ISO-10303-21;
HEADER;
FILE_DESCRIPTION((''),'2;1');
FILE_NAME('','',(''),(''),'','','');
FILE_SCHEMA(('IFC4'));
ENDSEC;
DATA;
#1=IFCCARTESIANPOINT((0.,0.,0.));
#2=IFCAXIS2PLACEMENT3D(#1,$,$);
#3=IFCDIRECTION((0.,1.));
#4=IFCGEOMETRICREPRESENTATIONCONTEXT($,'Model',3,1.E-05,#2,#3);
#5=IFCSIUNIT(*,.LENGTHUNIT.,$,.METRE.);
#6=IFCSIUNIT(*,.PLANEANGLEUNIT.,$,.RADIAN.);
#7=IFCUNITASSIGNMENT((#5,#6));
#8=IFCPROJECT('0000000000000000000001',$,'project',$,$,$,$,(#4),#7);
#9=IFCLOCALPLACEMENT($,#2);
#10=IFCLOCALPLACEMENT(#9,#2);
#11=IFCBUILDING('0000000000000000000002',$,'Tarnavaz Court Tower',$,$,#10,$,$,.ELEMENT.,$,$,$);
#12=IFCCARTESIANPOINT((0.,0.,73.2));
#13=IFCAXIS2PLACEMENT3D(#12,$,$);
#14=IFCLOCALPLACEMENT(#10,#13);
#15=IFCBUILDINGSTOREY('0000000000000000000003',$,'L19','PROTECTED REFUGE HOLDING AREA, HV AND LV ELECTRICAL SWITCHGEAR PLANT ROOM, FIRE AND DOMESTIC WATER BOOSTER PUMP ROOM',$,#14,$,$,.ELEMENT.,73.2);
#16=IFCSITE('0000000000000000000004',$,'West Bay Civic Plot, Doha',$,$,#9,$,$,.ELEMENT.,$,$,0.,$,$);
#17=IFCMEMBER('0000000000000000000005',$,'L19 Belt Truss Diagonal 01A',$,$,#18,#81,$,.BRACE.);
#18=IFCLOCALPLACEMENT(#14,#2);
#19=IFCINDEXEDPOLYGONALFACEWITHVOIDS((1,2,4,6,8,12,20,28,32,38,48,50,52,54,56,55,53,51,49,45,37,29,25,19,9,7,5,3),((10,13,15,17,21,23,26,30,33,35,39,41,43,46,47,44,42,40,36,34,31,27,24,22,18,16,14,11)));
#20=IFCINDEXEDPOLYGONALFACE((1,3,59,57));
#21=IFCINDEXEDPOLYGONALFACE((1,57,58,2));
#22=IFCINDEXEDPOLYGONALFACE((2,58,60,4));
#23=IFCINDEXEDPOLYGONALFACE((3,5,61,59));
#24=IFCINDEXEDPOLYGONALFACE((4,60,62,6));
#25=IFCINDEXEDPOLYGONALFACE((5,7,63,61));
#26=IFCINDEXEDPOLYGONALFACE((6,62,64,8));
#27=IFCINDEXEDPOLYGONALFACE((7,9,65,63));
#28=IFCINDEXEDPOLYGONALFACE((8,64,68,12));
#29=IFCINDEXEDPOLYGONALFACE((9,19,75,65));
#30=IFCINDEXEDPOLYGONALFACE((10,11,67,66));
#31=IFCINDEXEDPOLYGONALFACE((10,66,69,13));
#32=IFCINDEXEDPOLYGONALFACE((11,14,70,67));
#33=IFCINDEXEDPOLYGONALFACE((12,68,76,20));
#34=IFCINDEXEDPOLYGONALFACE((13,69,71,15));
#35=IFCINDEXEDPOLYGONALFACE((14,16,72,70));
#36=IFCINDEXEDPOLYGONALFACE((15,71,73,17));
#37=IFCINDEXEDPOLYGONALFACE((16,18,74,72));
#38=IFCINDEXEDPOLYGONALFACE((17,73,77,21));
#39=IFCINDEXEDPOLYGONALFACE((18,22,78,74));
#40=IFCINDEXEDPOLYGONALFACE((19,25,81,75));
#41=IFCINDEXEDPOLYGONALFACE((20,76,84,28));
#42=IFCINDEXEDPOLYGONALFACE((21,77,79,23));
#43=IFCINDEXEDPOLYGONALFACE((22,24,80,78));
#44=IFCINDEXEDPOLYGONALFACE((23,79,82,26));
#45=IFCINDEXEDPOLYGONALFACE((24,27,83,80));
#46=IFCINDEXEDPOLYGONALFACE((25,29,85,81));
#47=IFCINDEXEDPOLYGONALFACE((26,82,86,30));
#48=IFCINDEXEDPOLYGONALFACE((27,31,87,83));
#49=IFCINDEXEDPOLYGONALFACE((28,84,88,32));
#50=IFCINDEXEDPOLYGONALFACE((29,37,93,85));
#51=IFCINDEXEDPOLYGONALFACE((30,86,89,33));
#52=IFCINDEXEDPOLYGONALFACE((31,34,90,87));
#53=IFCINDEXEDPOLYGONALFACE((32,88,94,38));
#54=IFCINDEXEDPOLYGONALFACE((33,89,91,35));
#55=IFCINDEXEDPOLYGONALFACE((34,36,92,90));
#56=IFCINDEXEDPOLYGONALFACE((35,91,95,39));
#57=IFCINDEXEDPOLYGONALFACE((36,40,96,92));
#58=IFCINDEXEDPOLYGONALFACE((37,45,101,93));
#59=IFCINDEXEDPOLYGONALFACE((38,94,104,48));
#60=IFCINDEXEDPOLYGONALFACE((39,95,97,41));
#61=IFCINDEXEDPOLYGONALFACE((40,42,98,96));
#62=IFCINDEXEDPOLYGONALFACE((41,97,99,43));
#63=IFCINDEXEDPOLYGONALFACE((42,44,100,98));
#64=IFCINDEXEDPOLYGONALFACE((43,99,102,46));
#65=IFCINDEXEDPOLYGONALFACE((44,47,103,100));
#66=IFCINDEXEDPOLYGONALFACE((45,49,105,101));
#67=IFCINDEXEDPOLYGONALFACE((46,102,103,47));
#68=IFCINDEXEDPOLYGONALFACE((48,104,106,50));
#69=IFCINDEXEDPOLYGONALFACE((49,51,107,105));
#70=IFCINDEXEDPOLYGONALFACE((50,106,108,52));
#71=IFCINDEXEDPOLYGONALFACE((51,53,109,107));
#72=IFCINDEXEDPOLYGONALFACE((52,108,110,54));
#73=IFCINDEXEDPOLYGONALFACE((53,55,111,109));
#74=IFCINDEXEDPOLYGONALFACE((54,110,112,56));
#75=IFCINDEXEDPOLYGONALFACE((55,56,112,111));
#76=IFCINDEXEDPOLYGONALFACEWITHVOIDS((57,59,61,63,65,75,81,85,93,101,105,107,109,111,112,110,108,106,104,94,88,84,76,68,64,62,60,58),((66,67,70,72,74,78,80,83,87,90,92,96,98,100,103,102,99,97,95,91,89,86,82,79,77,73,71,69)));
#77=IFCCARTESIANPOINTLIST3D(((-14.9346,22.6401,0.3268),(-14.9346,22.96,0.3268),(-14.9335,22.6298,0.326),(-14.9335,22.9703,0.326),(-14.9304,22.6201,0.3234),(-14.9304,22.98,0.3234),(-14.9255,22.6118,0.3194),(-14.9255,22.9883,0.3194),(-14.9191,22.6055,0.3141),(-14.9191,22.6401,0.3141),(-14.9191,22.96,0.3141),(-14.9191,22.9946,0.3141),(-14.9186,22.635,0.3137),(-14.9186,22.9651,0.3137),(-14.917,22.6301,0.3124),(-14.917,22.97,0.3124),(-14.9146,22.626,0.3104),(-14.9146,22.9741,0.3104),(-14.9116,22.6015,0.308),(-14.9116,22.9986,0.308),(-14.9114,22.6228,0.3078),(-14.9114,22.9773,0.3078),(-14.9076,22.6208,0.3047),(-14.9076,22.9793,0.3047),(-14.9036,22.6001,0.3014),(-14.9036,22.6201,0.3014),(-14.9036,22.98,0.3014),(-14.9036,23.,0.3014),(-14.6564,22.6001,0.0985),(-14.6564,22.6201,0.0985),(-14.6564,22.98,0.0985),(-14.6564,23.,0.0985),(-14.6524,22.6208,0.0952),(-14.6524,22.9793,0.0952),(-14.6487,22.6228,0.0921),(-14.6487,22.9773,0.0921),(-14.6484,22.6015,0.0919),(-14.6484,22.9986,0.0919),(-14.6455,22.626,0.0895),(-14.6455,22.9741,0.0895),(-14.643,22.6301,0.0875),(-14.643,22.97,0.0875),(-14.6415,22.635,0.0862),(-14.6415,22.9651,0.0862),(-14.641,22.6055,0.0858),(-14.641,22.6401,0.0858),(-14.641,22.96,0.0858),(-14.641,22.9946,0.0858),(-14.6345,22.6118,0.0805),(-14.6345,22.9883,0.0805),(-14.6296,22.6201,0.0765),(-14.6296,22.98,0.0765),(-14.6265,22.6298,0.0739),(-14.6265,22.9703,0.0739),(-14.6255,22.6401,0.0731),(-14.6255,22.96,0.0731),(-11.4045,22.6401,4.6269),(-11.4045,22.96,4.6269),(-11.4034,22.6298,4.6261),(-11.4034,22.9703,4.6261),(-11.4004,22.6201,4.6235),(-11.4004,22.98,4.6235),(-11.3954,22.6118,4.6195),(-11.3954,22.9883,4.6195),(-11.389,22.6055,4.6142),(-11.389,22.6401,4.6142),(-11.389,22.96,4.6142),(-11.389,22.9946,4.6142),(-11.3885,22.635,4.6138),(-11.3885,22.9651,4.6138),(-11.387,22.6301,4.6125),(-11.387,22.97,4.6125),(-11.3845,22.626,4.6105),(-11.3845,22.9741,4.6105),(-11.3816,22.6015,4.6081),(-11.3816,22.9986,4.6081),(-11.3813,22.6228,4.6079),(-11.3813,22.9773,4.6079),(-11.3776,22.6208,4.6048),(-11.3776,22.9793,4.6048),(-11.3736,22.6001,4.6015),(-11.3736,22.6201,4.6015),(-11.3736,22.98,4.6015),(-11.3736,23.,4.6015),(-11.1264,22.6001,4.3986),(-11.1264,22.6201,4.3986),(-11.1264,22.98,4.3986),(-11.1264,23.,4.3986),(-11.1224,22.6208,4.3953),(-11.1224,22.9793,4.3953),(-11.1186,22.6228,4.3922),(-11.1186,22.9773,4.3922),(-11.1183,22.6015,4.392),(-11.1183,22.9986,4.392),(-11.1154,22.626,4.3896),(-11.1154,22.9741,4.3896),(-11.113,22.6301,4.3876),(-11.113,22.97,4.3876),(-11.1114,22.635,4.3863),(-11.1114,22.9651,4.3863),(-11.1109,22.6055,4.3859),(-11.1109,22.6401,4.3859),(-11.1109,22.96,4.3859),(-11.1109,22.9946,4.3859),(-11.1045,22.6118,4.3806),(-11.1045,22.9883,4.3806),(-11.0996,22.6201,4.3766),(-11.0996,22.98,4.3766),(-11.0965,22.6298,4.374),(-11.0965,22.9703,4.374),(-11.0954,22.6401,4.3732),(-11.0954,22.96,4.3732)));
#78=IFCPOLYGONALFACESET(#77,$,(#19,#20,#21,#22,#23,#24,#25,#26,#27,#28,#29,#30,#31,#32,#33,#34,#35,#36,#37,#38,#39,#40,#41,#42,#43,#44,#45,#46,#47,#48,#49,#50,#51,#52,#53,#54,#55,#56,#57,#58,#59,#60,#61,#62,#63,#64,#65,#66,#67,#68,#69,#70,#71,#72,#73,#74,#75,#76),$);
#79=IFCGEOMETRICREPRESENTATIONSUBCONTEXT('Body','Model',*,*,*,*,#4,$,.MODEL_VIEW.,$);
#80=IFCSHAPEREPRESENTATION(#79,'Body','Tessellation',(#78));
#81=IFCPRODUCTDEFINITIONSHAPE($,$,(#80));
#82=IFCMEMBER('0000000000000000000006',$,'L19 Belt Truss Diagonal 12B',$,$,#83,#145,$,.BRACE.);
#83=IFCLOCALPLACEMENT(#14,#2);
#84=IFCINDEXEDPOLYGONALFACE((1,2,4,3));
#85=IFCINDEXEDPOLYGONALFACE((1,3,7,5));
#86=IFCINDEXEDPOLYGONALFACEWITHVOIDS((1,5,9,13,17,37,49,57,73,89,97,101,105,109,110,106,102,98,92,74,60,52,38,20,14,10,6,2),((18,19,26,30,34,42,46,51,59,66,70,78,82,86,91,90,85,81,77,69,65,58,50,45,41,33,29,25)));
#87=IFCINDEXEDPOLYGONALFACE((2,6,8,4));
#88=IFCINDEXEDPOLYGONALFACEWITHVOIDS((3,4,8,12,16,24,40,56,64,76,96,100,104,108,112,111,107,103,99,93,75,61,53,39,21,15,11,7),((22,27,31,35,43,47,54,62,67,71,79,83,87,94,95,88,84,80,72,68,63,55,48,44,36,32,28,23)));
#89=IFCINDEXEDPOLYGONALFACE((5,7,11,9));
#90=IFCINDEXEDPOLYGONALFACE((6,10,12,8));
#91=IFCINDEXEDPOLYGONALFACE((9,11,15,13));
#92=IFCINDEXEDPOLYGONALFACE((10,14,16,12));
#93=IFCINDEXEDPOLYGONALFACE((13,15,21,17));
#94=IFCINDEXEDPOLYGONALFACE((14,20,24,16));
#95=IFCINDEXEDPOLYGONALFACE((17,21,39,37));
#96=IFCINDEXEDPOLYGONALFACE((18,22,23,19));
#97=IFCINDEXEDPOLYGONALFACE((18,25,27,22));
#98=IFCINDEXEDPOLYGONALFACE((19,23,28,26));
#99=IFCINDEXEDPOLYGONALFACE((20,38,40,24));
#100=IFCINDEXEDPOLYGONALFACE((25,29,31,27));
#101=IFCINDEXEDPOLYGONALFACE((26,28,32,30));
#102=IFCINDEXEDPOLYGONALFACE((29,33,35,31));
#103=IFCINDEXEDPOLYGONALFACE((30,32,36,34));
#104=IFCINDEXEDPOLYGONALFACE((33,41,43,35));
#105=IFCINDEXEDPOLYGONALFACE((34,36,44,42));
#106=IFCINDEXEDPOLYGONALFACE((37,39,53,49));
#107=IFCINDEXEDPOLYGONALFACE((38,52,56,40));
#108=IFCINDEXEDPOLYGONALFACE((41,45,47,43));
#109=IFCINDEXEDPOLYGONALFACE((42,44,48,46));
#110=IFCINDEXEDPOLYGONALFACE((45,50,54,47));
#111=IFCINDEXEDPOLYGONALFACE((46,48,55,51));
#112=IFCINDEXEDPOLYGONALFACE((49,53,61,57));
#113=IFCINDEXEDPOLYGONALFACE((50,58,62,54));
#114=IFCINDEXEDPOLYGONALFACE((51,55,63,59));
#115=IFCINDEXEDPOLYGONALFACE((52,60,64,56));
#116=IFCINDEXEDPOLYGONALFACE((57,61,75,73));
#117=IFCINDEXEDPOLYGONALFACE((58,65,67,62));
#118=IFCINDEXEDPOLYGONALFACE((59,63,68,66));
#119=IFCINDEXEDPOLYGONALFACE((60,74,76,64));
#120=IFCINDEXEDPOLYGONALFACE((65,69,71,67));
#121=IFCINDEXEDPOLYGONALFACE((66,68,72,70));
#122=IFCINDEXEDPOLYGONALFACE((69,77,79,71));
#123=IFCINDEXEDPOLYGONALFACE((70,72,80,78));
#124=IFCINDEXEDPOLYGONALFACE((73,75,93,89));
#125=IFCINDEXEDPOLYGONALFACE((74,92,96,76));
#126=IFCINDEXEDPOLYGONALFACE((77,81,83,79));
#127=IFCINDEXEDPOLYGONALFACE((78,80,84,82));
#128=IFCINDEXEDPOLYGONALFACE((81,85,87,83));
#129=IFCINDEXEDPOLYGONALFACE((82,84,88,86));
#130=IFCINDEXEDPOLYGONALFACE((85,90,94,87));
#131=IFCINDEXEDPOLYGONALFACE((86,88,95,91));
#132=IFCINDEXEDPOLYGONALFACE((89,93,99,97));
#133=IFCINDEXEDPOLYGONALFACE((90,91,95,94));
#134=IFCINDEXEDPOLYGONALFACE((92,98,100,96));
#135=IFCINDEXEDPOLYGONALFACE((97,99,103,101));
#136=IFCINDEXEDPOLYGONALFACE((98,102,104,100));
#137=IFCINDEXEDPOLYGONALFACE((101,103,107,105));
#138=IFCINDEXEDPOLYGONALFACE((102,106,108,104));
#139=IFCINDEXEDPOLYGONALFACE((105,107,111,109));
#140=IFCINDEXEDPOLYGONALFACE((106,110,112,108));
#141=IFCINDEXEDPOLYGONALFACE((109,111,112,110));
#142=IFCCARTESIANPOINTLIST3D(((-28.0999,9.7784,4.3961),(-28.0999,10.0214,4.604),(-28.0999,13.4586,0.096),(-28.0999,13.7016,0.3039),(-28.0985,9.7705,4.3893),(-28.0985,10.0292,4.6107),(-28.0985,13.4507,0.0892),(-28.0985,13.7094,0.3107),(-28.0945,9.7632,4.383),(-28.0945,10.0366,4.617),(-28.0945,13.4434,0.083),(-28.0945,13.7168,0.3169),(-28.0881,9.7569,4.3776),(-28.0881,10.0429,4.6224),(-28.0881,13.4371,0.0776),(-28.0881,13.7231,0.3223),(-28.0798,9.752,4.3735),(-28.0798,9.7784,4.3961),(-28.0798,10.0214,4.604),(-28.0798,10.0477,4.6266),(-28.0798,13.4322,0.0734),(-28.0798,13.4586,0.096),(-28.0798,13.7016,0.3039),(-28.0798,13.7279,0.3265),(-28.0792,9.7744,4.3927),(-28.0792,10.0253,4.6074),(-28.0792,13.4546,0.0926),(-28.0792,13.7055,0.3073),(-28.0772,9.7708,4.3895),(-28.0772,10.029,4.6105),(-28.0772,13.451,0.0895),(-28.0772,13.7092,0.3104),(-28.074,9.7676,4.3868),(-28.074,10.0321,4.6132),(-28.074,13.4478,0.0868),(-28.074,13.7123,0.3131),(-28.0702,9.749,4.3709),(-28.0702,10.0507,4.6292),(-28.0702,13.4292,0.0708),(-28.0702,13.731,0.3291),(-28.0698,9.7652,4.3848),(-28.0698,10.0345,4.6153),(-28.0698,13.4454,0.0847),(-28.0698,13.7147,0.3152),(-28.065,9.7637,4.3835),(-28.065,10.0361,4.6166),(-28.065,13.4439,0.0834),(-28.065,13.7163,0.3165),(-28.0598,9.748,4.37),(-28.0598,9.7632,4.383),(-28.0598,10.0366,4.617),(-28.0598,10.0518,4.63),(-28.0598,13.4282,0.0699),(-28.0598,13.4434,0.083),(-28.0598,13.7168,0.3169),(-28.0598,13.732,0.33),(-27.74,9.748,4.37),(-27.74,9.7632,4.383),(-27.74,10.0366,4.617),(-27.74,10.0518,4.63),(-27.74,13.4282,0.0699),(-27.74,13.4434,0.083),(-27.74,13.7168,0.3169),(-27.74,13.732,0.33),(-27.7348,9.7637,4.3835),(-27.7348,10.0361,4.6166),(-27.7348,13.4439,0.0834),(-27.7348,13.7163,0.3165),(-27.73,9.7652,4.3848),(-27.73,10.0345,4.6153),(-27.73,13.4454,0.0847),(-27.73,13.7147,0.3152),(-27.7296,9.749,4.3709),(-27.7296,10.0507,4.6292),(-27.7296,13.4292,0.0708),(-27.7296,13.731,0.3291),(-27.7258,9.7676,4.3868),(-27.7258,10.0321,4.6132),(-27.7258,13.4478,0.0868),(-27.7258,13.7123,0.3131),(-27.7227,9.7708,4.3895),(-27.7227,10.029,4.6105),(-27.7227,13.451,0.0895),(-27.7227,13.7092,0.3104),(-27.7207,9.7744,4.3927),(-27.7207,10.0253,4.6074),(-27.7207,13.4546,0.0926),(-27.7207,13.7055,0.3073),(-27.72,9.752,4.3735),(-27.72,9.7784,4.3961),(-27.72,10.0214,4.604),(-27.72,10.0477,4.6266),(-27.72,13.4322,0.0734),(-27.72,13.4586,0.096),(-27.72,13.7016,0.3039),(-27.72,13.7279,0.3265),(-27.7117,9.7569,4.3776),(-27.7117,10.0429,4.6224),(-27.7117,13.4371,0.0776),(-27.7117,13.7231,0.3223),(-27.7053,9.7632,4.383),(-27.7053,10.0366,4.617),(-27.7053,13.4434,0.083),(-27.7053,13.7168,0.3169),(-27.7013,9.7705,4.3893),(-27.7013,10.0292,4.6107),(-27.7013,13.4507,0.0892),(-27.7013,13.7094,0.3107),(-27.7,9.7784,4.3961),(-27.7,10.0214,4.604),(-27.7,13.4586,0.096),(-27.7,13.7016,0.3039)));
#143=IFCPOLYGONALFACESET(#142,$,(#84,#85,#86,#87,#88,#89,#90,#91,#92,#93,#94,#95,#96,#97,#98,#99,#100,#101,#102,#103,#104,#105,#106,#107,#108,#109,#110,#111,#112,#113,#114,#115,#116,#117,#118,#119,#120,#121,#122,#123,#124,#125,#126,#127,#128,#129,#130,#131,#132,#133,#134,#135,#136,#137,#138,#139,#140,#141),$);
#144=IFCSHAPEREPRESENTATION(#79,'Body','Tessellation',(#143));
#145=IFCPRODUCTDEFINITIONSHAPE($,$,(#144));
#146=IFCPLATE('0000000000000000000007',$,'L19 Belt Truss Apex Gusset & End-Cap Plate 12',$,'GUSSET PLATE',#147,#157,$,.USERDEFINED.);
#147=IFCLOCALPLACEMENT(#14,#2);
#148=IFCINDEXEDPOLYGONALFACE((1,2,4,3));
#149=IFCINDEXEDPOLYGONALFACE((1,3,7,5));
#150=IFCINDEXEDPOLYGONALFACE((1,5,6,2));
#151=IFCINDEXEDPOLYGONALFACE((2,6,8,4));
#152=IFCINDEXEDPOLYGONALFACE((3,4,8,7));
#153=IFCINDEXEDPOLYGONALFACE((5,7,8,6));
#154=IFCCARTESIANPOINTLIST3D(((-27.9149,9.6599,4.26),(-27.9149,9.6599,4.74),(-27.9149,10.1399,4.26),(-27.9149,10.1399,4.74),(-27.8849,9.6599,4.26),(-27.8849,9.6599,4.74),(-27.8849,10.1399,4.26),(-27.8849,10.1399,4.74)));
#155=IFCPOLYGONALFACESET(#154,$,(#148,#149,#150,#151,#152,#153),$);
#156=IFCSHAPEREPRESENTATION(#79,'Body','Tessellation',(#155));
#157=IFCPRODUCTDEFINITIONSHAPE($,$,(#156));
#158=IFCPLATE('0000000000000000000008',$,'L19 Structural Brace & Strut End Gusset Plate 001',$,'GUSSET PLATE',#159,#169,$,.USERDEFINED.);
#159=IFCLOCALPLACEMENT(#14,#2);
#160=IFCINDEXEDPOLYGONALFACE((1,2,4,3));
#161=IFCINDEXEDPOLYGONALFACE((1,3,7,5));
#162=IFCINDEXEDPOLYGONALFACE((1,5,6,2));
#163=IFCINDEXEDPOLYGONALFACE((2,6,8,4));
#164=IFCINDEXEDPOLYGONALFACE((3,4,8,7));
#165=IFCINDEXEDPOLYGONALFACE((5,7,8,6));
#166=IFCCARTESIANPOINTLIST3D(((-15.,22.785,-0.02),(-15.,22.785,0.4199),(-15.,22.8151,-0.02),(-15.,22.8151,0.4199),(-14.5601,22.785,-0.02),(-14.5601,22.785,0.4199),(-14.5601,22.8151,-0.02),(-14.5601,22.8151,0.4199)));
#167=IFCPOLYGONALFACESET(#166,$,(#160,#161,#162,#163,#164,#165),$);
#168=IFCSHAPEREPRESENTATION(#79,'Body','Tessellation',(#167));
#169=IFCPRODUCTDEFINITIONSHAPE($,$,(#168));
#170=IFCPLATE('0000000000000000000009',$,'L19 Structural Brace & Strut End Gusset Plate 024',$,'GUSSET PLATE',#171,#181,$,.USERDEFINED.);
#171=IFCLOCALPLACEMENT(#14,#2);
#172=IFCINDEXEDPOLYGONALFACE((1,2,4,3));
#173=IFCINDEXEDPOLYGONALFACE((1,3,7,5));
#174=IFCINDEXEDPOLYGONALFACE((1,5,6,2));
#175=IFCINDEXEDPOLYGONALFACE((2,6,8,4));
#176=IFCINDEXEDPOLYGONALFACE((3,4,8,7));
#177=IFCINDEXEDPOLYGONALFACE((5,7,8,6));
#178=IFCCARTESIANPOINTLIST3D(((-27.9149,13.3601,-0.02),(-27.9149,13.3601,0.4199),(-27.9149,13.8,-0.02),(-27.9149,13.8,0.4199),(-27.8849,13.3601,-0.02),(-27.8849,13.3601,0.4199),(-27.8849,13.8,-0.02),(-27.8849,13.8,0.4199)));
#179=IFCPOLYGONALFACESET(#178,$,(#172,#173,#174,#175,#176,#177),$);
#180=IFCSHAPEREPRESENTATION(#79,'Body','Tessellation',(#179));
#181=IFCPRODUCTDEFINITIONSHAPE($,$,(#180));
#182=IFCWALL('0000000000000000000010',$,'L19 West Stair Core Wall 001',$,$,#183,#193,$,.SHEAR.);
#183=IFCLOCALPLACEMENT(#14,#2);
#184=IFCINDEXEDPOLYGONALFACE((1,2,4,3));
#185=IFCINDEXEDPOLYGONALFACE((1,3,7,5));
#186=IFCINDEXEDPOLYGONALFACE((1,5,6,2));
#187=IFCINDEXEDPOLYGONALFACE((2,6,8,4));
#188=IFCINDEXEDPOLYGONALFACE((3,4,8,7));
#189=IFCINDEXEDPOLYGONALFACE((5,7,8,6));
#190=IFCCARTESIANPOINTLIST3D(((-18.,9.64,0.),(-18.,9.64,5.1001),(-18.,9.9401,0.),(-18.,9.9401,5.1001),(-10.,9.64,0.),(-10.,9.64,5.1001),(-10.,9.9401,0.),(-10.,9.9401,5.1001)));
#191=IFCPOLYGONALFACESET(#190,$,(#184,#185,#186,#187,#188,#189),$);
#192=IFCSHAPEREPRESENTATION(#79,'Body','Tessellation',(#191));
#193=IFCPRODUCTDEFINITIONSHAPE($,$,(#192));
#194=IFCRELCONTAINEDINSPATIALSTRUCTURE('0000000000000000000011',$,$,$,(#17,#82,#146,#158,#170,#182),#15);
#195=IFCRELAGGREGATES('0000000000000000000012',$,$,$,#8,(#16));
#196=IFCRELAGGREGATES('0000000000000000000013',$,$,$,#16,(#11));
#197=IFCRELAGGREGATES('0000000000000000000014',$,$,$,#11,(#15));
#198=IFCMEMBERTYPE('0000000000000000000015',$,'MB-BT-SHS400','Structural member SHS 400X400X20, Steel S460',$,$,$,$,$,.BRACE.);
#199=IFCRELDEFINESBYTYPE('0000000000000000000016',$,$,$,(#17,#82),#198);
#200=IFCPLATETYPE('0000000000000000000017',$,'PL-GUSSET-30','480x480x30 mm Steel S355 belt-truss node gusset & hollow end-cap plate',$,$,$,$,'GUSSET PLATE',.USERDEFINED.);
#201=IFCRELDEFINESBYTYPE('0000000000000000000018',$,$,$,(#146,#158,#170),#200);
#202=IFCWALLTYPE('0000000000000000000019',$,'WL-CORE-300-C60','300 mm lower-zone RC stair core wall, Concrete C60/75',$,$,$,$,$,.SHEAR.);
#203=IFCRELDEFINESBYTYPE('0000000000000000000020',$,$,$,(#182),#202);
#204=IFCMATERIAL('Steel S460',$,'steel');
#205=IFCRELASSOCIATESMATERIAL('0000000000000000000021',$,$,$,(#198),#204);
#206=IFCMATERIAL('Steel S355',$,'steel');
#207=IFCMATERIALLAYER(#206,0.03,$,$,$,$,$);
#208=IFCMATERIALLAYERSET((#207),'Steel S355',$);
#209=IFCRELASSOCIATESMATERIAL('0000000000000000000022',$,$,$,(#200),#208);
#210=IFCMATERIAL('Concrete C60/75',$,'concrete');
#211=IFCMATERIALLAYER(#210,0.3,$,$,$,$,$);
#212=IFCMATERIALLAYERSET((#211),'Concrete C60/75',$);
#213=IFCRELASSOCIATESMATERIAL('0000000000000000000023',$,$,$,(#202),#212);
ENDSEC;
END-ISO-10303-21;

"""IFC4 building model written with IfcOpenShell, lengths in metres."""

from ifc_helpers import new_model, si_unit, direction, frame, frame_2d, origin, origin_2d, place, context, subcontext, project, spatial, rectangle, hollow_rectangle, extrude, material, layer, layer_set, material_profile, profile_set, type_object, element, save


model = new_model("IFC4")

# Units and contexts
model_context = context("Model", 3, precision=1e-05, world=origin(), true_north=direction((0.0, 1.0)))
body_context = subcontext(model_context, "Body", "Model", "MODEL_VIEW")
ifc_project = project(units=[si_unit("LENGTHUNIT", "METRE"), si_unit("PLANEANGLEUNIT", "RADIAN")], contexts=[model_context])

# Site, building, storey
site_placement = place(None, origin())
site = spatial("IfcSite", under=ifc_project, at=site_placement, Name="West Bay Civic Plot, Doha", CompositionType="ELEMENT", RefElevation=0.0)
building_placement = place(site_placement, origin())
building = spatial("IfcBuilding", under=site, at=building_placement, Name="Tarnavaz Court Tower", CompositionType="ELEMENT")
storey_placement = place(building_placement, frame((0.0, 0.0, 73.2)))
storey = spatial("IfcBuildingStorey", under=building, at=storey_placement, Name="L19", Description="PROTECTED REFUGE HOLDING AREA, HV AND LV ELECTRICAL SWITCHGEAR PLANT ROOM, FIRE AND DOMESTIC WATER BOOSTER PUMP ROOM", CompositionType="ELEMENT", Elevation=73.2)

# Shared definitions
ifc_material_1 = material(Name="Concrete C60/75", Category="concrete")
ifc_material_2 = material(Name="Steel S460", Category="steel")

# Shared definitions
ifc_material_3 = material(Name="Steel S355", Category="steel")

# Members
ifc_material_profile_1 = material_profile(ifc_material_2, hollow_rectangle(XDim=0.3999, YDim=0.3999, WallThickness=0.02, InnerFilletRadius=0.02, OuterFilletRadius=0.04, at=origin_2d()), Name="SHS 400X400X20")
ifc_profile_set_1 = profile_set([ifc_material_profile_1], Name="Steel S460")
member_type_1 = type_object("IfcMemberType", Name="MB-BT-SHS400", Description="Structural member SHS 400X400X20, Steel S460", PredefinedType="BRACE", material=ifc_profile_set_1)
member_1_placement = place(storey_placement, frame((-14.78, 22.8, 0.2), z_axis=(0.634508, 0.0, 0.772916), x_axis=(0.0, 1.0, 0.0)))
element("IfcMember", 1, at=member_1_placement, inside=storey, type_object=member_type_1, Name="L19 Belt Truss Diagonal 01A", PredefinedType="BRACE", context=body_context, shape_type="SweptSolid", body=[
    extrude(hollow_rectangle(XDim=0.3999, YDim=0.3999, WallThickness=0.02, InnerFilletRadius=0.02, OuterFilletRadius=0.04, at=origin_2d()), origin(), (0.0, 0.0, 1.0), 5.5635),
])
member_2_placement = place(storey_placement, frame((-27.8999, 13.5801, 0.2), z_axis=(0.0, -0.650223, 0.759744), x_axis=(1.0, 0.0, 0.0)))
element("IfcMember", 2, at=member_2_placement, inside=storey, type_object=member_type_1, Name="L19 Belt Truss Diagonal 12B", PredefinedType="BRACE", context=body_context, shape_type="SweptSolid", body=[
    extrude(hollow_rectangle(XDim=0.3999, YDim=0.3999, WallThickness=0.02, InnerFilletRadius=0.02, OuterFilletRadius=0.04, at=origin_2d()), origin(), (0.0, 0.0, 1.0), 5.6599),
])

# Plates
ifc_layer_1 = layer(ifc_material_3, 0.03)
ifc_layer_set_1 = layer_set([ifc_layer_1], Name="Steel S355")
plate_type = type_object("IfcPlateType", Name="PL-GUSSET-30", Description="480x480x30 mm Steel S355 belt-truss node gusset & hollow end-cap plate", ElementType="GUSSET PLATE", PredefinedType="USERDEFINED", material=ifc_layer_set_1)
plate_placement = place(storey_placement, frame((-27.8999, 9.8999, 4.26), z_axis=(0.0, 0.0, 1.0), x_axis=(0.0, 1.0, 0.0)))
element("IfcPlate", 3, at=plate_placement, inside=storey, type_object=plate_type, Name="L19 Belt Truss Apex Gusset & End-Cap Plate 12", ObjectType="GUSSET PLATE", PredefinedType="USERDEFINED", context=body_context, shape_type="SweptSolid", body=[
    extrude(rectangle(XDim=0.48, YDim=0.03, at=origin_2d()), origin(), (0.0, 0.0, 1.0), 0.48),
])
for number, where, z_axis, x_axis, name in (
    (4, (-14.78, 22.8, -0.02), (0.0, 0.0, 1.0), (1.0, 0.0, 0.0), "L19 Structural Brace & Strut End Gusset Plate 001"),
    (5, (-27.8999, 13.5801, -0.02), (0.0, 0.0, 1.0), (0.0, 1.0, 0.0), "L19 Structural Brace & Strut End Gusset Plate 024"),
):
    element("IfcPlate", number, at=place(storey_placement, frame(where, z_axis=z_axis, x_axis=x_axis)), inside=storey, type_object=plate_type, Name=name, ObjectType="GUSSET PLATE", PredefinedType="USERDEFINED", context=body_context, shape_type="SweptSolid", body=[
        extrude(rectangle(XDim=0.4399, YDim=0.03, at=origin_2d()), origin(), (0.0, 0.0, 1.0), 0.4399),
    ])

# Wall
ifc_layer_2 = layer(ifc_material_1, 0.3)
ifc_layer_set_2 = layer_set([ifc_layer_2], Name="Concrete C60/75")
wall_type_1 = type_object("IfcWallType", Name="WL-CORE-300-C60", Description="300 mm lower-zone RC stair core wall, Concrete C60/75", PredefinedType="SHEAR", material=ifc_layer_set_2)
wall_1_placement = place(storey_placement, frame((-18.0, 9.79, 0.0), z_axis=(0.0, 0.0, 1.0), x_axis=(1.0, 0.0, 0.0)))
element("IfcWall", 6, at=wall_1_placement, inside=storey, type_object=wall_type_1, Name="L19 West Stair Core Wall 001", PredefinedType="SHEAR", context=body_context, shape_type="SweptSolid", body=[
    extrude(rectangle(XDim=8.0, YDim=0.3, at=frame_2d((4.0, 0.0))), origin(), (0.0, 0.0, 1.0), 5.1001),
])

save(model, "model.ifc")
